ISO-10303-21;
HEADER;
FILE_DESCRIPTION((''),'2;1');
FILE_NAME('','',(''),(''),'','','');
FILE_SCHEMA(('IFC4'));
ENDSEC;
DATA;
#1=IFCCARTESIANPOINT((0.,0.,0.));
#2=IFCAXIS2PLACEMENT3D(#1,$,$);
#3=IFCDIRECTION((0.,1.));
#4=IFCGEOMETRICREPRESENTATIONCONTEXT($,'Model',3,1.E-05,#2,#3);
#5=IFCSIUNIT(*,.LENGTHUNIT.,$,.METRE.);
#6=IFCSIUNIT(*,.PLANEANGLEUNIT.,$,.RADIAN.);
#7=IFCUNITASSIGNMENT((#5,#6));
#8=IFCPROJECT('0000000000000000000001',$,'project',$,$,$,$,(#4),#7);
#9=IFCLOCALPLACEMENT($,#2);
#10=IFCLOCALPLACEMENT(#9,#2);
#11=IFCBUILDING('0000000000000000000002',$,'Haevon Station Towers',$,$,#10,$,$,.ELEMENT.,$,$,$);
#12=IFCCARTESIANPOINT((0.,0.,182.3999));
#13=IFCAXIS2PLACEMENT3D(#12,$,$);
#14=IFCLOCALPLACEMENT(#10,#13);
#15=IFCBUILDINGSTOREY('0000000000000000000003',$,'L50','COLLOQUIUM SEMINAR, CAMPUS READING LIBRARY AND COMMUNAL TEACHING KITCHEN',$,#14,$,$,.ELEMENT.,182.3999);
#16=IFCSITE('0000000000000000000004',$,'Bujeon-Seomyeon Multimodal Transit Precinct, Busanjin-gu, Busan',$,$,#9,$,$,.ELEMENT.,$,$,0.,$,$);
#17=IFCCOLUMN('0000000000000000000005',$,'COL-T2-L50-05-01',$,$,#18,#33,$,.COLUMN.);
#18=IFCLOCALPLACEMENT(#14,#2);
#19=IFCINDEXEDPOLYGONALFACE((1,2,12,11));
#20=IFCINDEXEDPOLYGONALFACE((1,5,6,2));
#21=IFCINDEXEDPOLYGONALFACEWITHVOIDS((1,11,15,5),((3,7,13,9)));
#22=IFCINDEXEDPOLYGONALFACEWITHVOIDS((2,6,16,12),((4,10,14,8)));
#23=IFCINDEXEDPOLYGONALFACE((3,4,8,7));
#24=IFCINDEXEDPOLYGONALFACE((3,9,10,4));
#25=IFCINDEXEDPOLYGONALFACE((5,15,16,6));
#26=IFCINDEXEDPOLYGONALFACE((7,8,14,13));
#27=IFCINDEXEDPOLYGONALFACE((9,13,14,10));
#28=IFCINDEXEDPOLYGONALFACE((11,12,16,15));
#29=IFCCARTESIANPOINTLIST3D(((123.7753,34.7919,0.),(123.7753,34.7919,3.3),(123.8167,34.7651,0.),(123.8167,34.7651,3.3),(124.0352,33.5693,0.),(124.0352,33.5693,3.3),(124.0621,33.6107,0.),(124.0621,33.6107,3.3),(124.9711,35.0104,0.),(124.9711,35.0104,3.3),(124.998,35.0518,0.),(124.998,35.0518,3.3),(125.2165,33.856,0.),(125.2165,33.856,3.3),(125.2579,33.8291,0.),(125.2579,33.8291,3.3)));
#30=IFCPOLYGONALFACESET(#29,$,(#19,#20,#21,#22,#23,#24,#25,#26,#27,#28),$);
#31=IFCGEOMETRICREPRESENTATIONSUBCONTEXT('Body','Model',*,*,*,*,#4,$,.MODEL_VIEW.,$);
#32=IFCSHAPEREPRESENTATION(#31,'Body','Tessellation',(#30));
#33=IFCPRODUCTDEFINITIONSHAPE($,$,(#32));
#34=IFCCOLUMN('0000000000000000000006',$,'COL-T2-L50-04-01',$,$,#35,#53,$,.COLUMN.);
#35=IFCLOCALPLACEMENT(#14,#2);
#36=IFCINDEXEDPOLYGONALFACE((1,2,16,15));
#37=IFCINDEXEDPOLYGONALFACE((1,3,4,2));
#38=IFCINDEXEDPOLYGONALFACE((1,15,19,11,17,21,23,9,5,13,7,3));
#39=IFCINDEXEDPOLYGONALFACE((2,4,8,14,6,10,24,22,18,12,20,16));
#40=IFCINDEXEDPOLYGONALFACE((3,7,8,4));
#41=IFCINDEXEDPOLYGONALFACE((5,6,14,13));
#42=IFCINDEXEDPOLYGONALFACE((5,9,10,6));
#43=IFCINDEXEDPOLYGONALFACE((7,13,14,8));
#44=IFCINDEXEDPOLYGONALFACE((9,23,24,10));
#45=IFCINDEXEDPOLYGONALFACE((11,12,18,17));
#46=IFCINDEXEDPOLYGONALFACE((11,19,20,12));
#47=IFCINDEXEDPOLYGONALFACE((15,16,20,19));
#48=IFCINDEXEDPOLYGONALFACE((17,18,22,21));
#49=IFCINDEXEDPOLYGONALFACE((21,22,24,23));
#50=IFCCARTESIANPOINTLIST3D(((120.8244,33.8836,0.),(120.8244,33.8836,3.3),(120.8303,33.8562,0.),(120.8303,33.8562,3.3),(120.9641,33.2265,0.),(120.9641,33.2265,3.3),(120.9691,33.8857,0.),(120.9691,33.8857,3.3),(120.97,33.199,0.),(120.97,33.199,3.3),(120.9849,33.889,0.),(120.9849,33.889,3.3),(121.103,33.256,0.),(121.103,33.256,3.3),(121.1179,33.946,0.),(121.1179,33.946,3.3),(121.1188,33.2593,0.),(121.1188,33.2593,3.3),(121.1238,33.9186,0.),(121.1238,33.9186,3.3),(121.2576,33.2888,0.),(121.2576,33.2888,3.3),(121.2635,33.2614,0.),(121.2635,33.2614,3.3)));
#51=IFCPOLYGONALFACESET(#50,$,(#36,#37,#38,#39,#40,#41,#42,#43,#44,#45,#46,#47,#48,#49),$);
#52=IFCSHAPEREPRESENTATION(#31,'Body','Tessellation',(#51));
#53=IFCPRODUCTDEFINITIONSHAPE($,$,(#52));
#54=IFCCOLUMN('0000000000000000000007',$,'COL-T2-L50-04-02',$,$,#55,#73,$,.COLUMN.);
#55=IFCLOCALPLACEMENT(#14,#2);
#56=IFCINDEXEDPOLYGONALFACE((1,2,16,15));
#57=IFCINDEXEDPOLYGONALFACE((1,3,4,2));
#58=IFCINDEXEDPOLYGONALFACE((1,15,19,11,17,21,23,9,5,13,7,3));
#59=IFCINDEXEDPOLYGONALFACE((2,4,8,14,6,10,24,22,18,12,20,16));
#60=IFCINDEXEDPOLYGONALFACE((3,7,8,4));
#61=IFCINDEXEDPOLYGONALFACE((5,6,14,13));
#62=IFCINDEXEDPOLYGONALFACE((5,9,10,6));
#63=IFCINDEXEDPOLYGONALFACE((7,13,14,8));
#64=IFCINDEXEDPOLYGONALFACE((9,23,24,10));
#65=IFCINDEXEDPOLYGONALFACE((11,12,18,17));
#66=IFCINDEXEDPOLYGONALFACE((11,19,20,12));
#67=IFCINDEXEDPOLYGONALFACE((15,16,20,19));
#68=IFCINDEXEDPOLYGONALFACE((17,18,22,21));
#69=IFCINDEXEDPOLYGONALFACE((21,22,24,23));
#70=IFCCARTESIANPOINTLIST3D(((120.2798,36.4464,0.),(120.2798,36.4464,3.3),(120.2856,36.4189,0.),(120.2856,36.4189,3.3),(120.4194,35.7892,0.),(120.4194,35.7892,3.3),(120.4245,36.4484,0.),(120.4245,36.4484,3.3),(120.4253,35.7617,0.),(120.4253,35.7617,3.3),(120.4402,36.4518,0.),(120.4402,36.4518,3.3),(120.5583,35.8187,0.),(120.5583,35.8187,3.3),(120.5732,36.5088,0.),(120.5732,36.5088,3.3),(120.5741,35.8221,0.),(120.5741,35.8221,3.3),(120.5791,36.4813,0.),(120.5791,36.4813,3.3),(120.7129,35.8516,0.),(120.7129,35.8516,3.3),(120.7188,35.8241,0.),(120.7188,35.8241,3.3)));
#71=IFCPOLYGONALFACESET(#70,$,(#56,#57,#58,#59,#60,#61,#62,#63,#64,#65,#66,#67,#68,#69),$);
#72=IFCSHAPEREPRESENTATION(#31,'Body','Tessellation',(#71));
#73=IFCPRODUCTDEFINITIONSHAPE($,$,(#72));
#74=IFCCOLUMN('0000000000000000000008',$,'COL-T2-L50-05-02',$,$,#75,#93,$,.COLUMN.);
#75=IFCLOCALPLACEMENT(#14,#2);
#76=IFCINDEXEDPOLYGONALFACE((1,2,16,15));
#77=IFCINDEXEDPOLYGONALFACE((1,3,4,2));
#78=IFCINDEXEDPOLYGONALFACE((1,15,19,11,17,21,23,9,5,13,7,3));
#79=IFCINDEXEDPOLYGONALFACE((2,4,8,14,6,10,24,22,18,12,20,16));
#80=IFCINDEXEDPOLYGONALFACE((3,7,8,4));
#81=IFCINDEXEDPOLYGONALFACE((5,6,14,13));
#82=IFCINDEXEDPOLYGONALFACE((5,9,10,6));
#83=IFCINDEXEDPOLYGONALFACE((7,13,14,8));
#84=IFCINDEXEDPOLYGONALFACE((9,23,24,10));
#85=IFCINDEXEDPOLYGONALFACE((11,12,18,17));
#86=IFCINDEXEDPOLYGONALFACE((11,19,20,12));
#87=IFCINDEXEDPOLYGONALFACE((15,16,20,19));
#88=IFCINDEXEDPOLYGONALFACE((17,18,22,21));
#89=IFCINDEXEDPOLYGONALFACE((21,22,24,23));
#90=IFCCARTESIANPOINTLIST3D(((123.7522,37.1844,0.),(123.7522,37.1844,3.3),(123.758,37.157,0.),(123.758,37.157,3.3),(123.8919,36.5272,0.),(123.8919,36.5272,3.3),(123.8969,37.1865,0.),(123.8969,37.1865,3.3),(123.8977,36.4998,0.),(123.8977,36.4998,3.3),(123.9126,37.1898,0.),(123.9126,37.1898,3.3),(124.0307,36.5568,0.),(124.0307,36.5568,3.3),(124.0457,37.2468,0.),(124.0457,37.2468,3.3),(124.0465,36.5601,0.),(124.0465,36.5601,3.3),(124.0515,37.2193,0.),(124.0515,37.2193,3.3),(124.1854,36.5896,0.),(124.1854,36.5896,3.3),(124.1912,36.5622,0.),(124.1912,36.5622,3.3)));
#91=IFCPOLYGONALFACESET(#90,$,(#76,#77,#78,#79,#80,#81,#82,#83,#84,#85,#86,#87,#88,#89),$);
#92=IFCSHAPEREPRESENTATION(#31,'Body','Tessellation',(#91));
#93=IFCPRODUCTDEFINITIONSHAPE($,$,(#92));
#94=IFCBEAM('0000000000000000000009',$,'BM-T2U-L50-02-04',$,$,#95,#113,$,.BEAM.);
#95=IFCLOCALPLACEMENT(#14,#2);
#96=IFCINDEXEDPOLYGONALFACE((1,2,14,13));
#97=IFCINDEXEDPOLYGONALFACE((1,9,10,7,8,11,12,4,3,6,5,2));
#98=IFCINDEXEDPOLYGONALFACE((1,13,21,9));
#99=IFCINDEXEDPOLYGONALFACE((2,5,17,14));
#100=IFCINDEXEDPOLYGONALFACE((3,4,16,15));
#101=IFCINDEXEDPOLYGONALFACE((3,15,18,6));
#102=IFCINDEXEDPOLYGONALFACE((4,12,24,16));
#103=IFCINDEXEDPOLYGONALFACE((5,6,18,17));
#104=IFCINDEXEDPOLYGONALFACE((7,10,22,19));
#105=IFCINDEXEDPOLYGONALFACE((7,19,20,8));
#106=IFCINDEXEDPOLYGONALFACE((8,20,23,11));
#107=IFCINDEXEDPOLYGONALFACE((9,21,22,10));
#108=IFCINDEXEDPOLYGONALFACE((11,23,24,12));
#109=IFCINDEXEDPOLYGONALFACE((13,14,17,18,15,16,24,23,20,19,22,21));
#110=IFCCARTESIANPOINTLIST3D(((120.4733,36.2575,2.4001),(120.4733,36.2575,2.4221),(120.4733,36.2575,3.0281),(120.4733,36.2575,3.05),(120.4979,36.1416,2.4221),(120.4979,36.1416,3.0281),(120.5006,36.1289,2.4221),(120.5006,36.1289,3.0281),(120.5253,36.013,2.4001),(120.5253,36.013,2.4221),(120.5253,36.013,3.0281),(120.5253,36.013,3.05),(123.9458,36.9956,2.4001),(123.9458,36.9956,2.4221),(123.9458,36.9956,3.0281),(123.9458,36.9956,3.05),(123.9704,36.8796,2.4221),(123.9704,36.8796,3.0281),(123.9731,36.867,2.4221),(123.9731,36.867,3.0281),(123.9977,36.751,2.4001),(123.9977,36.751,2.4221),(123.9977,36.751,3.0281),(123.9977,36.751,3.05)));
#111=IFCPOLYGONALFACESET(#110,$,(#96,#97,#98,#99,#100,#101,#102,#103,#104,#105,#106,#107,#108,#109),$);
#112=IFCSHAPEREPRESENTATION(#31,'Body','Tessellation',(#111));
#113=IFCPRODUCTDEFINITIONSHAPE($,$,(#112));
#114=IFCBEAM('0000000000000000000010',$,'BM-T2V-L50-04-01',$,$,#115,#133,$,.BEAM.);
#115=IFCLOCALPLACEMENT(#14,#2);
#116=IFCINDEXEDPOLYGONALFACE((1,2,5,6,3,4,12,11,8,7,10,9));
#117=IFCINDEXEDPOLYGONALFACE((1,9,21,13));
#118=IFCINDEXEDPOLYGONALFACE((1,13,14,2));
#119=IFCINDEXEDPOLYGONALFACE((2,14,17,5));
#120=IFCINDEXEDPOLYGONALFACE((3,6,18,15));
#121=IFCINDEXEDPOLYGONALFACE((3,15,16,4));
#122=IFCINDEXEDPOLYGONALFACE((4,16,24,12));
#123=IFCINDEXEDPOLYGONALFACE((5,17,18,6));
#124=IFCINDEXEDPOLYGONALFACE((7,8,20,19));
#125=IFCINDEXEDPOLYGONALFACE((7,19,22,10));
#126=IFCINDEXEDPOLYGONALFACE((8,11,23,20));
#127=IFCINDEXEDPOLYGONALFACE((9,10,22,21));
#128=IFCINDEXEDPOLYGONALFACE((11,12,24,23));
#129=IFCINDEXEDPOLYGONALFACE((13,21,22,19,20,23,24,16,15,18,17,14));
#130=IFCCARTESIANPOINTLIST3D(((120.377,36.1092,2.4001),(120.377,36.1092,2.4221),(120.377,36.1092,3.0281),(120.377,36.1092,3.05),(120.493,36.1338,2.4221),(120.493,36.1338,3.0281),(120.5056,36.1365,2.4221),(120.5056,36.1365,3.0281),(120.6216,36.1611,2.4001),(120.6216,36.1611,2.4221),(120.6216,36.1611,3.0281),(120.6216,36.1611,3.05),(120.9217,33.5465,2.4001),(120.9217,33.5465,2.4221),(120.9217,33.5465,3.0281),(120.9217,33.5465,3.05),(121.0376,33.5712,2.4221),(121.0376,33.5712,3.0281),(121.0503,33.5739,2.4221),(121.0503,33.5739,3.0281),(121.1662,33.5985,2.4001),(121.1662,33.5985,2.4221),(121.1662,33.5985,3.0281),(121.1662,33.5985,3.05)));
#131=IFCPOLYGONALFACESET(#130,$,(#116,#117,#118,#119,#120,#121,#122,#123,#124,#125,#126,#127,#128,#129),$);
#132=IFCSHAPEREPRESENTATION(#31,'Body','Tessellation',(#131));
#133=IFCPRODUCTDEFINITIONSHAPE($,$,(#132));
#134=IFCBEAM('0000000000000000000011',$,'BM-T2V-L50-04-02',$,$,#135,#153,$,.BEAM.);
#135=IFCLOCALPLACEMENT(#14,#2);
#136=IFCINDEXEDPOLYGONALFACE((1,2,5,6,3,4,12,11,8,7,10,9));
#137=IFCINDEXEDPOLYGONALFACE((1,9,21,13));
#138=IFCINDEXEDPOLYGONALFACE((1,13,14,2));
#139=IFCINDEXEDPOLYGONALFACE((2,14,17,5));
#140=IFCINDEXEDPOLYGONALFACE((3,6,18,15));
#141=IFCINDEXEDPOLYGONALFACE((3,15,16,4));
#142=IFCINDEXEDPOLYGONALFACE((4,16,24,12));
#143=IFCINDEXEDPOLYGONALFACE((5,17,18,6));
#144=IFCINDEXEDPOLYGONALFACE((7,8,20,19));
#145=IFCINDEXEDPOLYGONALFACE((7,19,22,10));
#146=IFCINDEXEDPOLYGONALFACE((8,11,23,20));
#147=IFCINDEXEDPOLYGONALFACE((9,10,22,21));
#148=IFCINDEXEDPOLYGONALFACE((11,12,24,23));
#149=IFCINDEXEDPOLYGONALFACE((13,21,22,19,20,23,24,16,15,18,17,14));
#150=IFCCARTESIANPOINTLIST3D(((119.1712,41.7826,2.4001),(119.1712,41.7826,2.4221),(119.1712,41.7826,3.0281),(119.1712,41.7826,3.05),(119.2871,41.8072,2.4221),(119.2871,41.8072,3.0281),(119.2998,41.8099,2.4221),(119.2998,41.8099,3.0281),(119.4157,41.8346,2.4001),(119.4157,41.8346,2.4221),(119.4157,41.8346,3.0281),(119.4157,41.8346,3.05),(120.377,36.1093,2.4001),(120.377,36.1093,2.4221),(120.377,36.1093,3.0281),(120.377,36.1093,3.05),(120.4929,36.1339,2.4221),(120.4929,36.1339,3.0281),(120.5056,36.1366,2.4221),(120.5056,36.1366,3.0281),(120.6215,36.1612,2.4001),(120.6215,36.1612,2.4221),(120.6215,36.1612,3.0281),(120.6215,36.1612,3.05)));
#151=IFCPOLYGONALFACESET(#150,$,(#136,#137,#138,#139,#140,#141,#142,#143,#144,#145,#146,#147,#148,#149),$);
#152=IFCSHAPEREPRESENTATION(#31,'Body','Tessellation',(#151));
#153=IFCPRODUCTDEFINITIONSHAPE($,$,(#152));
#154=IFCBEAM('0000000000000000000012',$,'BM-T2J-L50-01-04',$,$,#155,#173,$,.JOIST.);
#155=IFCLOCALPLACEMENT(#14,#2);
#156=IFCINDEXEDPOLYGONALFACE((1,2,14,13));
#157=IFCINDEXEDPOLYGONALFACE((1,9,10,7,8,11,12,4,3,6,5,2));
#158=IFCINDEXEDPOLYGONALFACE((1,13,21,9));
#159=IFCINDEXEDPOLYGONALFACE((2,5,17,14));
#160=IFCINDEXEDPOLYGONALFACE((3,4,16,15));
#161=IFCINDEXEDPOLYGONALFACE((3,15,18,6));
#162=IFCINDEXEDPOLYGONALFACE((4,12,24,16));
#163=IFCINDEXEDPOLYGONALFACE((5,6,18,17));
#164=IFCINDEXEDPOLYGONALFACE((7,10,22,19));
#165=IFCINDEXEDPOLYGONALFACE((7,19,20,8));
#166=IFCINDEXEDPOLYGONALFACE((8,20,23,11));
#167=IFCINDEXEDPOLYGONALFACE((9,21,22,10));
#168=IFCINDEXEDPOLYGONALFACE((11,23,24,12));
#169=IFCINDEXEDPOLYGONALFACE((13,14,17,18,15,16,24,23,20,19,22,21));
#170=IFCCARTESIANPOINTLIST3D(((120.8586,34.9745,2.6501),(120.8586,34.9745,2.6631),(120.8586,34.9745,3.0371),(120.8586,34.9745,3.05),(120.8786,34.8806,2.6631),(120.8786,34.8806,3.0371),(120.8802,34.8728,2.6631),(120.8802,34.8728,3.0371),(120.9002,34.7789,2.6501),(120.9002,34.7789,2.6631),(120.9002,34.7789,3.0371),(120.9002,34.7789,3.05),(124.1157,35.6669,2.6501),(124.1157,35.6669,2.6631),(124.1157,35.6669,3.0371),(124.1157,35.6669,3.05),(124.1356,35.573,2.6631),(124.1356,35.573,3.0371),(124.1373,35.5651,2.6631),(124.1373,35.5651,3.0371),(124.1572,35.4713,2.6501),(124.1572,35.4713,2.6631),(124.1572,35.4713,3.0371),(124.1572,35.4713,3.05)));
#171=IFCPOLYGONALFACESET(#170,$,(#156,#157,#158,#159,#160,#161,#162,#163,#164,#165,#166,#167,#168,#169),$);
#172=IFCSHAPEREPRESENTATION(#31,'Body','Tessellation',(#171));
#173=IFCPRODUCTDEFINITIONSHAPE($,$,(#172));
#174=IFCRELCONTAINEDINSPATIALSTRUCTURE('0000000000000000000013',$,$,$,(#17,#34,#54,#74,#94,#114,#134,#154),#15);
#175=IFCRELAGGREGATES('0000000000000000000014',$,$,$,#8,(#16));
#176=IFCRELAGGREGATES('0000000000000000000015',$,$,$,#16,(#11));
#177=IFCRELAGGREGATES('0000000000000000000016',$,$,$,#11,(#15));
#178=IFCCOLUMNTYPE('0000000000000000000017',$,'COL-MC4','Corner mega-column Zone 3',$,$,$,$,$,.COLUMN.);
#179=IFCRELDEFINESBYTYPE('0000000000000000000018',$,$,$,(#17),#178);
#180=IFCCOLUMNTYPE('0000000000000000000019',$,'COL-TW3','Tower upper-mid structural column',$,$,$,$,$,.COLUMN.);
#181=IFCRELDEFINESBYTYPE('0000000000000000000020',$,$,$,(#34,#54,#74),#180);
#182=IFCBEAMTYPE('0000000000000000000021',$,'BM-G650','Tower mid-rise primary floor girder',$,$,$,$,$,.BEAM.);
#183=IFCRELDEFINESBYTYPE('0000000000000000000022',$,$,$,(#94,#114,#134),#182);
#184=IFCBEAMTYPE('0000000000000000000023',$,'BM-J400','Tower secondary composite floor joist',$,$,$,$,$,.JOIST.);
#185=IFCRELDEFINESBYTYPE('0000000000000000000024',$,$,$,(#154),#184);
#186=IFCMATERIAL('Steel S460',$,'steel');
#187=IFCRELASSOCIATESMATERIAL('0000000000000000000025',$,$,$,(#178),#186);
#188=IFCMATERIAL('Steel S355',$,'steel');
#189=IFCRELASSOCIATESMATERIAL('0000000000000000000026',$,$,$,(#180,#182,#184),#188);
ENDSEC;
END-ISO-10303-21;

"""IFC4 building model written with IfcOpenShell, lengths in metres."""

from ifc_helpers import new_model, si_unit, direction, frame, origin, origin_2d, place, context, subcontext, project, spatial, hollow_rectangle, i_section, extrude, material, material_profile, profile_set, type_object, element, save


model = new_model("IFC4")

# Units and contexts
model_context = context("Model", 3, precision=1e-05, world=origin(), true_north=direction((0.0, 1.0)))
body_context = subcontext(model_context, "Body", "Model", "MODEL_VIEW")
ifc_project = project(units=[si_unit("LENGTHUNIT", "METRE"), si_unit("PLANEANGLEUNIT", "RADIAN")], contexts=[model_context])

# Site, building, storey
site_placement = place(None, origin())
site = spatial("IfcSite", under=ifc_project, at=site_placement, Name="Bujeon-Seomyeon Multimodal Transit Precinct, Busanjin-gu, Busan", CompositionType="ELEMENT", RefElevation=0.0)
building_placement = place(site_placement, origin())
building = spatial("IfcBuilding", under=site, at=building_placement, Name="Haevon Station Towers", CompositionType="ELEMENT")
storey_placement = place(building_placement, frame((0.0, 0.0, 182.3999)))
storey = spatial("IfcBuildingStorey", under=building, at=storey_placement, Name="L50", Description="COLLOQUIUM SEMINAR, CAMPUS READING LIBRARY AND COMMUNAL TEACHING KITCHEN", CompositionType="ELEMENT", Elevation=182.3999)

# Columns
ifc_material_1 = material(Name="Steel S460", Category="steel")
ifc_material_profile_1 = material_profile(ifc_material_1, hollow_rectangle(XDim=1.25, YDim=1.25, WallThickness=0.0349, at=origin_2d()), Name="BOX-1250x1250x35")
ifc_profile_set_1 = profile_set([ifc_material_profile_1], Name="Steel S460")
column_type_1 = type_object("IfcColumnType", Name="COL-MC4", Description="Corner mega-column Zone 3", PredefinedType="COLUMN", material=ifc_profile_set_1)
column_placement = place(storey_placement, frame((124.5166, 34.3105, 0.0), z_axis=(0.0, 0.0, 1.0), x_axis=(0.978148, 0.207912, 0.0)))
element("IfcColumn", 1, at=column_placement, inside=storey, type_object=column_type_1, Name="COL-T2-L50-05-01", PredefinedType="COLUMN", context=body_context, shape_type="SweptSolid", body=[
    extrude(hollow_rectangle(XDim=1.25, YDim=1.25, WallThickness=0.0349, at=origin_2d()), origin(), (0.0, 0.0, 1.0), 3.3),
])
ifc_material_2 = material(Name="Steel S355", Category="steel")
ifc_material_profile_2 = material_profile(ifc_material_2, i_section(OverallWidth=0.3, OverallDepth=0.7, WebThickness=0.0161, FlangeThickness=0.0281, at=origin_2d()), Name="H-700x300x16x28")
ifc_profile_set_2 = profile_set([ifc_material_profile_2], Name="Steel S355")
column_type_2 = type_object("IfcColumnType", Name="COL-TW3", Description="Tower upper-mid structural column", PredefinedType="COLUMN", material=ifc_profile_set_2)
for number, where, z_axis, x_axis, name in (
    (2, (121.0439, 33.5725, 0.0), (0.0, 0.0, 1.0), (0.978148, 0.207912, 0.0), "COL-T2-L50-04-01"),
    (3, (120.4993, 36.1353, 0.0), (0.0, 0.0, 1.0), (0.978148, 0.207912, 0.0), "COL-T2-L50-04-02"),
    (4, (123.9717, 36.8733, 0.0), (0.0, 0.0, 1.0), (0.978148, 0.207912, 0.0), "COL-T2-L50-05-02"),
):
    element("IfcColumn", number, at=place(storey_placement, frame(where, z_axis=z_axis, x_axis=x_axis)), inside=storey, type_object=column_type_2, Name=name, PredefinedType="COLUMN", context=body_context, shape_type="SweptSolid", body=[
        extrude(i_section(OverallWidth=0.3, OverallDepth=0.7, WebThickness=0.0161, FlangeThickness=0.0281, at=origin_2d()), origin(), (0.0, 0.0, 1.0), 3.3),
    ])

# Beams
ifc_material_profile_3 = material_profile(ifc_material_2, i_section(OverallWidth=0.25, OverallDepth=0.6499, WebThickness=0.0129, FlangeThickness=0.022, at=origin_2d()), Name="H-650x250x13x22")
ifc_profile_set_3 = profile_set([ifc_material_profile_3], Name="Steel S355")
beam_type_1 = type_object("IfcBeamType", Name="BM-G650", Description="Tower mid-rise primary floor girder", PredefinedType="BEAM", material=ifc_profile_set_3)
beam_1_placement = place(storey_placement, frame((120.4993, 36.1353, 2.7251), z_axis=(0.97815, 0.207899, 0.0), x_axis=(-0.207899, 0.97815, 0.0)))
element("IfcBeam", 5, at=beam_1_placement, inside=storey, type_object=beam_type_1, Name="BM-T2U-L50-02-04", PredefinedType="BEAM", context=body_context, shape_type="SweptSolid", body=[
    extrude(i_section(OverallWidth=0.25, OverallDepth=0.6499, WebThickness=0.0129, FlangeThickness=0.022, at=origin_2d()), origin(), (0.0, 0.0, 1.0), 3.55),
])
beam_2_placement = place(storey_placement, frame((121.0439, 33.5725, 2.7251), z_axis=(-0.207893, 0.978152, 0.0), x_axis=(-0.978152, -0.207893, 0.0)))
element("IfcBeam", 6, at=beam_2_placement, inside=storey, type_object=beam_type_1, Name="BM-T2V-L50-04-01", PredefinedType="BEAM", context=body_context, shape_type="SweptSolid", body=[
    extrude(i_section(OverallWidth=0.25, OverallDepth=0.6499, WebThickness=0.0129, FlangeThickness=0.022, at=origin_2d()), origin(), (0.0, 0.0, 1.0), 2.6199),
])
beam_3_placement = place(storey_placement, frame((120.4993, 36.1353, 2.7251), z_axis=(-0.207896, 0.978151, 0.0), x_axis=(-0.978151, -0.207896, 0.0)))
element("IfcBeam", 7, at=beam_3_placement, inside=storey, type_object=beam_type_1, Name="BM-T2V-L50-04-02", PredefinedType="BEAM", context=body_context, shape_type="SweptSolid", body=[
    extrude(i_section(OverallWidth=0.25, OverallDepth=0.6499, WebThickness=0.0129, FlangeThickness=0.022, at=origin_2d()), origin(), (0.0, 0.0, 1.0), 5.8),
])
ifc_material_profile_4 = material_profile(ifc_material_2, i_section(OverallWidth=0.2, OverallDepth=0.3999, WebThickness=0.0081, FlangeThickness=0.0129, at=origin_2d()), Name="H-400x200x8x13")
ifc_profile_set_4 = profile_set([ifc_material_profile_4], Name="Steel S355")
beam_type_2 = type_object("IfcBeamType", Name="BM-J400", Description="Tower secondary composite floor joist", PredefinedType="JOIST", material=ifc_profile_set_4)
beam_4_placement = place(storey_placement, frame((120.8794, 34.8767, 2.8501), z_axis=(0.978143, 0.207932, 0.0), x_axis=(-0.207932, 0.978143, 0.0)))
element("IfcBeam", 8, at=beam_4_placement, inside=storey, type_object=beam_type_2, Name="BM-T2J-L50-01-04", PredefinedType="JOIST", context=body_context, shape_type="SweptSolid", body=[
    extrude(i_section(OverallWidth=0.2, OverallDepth=0.3999, WebThickness=0.0081, FlangeThickness=0.0129, at=origin_2d()), origin(), (0.0, 0.0, 1.0), 3.3298),
])

save(model, "model.ifc")
